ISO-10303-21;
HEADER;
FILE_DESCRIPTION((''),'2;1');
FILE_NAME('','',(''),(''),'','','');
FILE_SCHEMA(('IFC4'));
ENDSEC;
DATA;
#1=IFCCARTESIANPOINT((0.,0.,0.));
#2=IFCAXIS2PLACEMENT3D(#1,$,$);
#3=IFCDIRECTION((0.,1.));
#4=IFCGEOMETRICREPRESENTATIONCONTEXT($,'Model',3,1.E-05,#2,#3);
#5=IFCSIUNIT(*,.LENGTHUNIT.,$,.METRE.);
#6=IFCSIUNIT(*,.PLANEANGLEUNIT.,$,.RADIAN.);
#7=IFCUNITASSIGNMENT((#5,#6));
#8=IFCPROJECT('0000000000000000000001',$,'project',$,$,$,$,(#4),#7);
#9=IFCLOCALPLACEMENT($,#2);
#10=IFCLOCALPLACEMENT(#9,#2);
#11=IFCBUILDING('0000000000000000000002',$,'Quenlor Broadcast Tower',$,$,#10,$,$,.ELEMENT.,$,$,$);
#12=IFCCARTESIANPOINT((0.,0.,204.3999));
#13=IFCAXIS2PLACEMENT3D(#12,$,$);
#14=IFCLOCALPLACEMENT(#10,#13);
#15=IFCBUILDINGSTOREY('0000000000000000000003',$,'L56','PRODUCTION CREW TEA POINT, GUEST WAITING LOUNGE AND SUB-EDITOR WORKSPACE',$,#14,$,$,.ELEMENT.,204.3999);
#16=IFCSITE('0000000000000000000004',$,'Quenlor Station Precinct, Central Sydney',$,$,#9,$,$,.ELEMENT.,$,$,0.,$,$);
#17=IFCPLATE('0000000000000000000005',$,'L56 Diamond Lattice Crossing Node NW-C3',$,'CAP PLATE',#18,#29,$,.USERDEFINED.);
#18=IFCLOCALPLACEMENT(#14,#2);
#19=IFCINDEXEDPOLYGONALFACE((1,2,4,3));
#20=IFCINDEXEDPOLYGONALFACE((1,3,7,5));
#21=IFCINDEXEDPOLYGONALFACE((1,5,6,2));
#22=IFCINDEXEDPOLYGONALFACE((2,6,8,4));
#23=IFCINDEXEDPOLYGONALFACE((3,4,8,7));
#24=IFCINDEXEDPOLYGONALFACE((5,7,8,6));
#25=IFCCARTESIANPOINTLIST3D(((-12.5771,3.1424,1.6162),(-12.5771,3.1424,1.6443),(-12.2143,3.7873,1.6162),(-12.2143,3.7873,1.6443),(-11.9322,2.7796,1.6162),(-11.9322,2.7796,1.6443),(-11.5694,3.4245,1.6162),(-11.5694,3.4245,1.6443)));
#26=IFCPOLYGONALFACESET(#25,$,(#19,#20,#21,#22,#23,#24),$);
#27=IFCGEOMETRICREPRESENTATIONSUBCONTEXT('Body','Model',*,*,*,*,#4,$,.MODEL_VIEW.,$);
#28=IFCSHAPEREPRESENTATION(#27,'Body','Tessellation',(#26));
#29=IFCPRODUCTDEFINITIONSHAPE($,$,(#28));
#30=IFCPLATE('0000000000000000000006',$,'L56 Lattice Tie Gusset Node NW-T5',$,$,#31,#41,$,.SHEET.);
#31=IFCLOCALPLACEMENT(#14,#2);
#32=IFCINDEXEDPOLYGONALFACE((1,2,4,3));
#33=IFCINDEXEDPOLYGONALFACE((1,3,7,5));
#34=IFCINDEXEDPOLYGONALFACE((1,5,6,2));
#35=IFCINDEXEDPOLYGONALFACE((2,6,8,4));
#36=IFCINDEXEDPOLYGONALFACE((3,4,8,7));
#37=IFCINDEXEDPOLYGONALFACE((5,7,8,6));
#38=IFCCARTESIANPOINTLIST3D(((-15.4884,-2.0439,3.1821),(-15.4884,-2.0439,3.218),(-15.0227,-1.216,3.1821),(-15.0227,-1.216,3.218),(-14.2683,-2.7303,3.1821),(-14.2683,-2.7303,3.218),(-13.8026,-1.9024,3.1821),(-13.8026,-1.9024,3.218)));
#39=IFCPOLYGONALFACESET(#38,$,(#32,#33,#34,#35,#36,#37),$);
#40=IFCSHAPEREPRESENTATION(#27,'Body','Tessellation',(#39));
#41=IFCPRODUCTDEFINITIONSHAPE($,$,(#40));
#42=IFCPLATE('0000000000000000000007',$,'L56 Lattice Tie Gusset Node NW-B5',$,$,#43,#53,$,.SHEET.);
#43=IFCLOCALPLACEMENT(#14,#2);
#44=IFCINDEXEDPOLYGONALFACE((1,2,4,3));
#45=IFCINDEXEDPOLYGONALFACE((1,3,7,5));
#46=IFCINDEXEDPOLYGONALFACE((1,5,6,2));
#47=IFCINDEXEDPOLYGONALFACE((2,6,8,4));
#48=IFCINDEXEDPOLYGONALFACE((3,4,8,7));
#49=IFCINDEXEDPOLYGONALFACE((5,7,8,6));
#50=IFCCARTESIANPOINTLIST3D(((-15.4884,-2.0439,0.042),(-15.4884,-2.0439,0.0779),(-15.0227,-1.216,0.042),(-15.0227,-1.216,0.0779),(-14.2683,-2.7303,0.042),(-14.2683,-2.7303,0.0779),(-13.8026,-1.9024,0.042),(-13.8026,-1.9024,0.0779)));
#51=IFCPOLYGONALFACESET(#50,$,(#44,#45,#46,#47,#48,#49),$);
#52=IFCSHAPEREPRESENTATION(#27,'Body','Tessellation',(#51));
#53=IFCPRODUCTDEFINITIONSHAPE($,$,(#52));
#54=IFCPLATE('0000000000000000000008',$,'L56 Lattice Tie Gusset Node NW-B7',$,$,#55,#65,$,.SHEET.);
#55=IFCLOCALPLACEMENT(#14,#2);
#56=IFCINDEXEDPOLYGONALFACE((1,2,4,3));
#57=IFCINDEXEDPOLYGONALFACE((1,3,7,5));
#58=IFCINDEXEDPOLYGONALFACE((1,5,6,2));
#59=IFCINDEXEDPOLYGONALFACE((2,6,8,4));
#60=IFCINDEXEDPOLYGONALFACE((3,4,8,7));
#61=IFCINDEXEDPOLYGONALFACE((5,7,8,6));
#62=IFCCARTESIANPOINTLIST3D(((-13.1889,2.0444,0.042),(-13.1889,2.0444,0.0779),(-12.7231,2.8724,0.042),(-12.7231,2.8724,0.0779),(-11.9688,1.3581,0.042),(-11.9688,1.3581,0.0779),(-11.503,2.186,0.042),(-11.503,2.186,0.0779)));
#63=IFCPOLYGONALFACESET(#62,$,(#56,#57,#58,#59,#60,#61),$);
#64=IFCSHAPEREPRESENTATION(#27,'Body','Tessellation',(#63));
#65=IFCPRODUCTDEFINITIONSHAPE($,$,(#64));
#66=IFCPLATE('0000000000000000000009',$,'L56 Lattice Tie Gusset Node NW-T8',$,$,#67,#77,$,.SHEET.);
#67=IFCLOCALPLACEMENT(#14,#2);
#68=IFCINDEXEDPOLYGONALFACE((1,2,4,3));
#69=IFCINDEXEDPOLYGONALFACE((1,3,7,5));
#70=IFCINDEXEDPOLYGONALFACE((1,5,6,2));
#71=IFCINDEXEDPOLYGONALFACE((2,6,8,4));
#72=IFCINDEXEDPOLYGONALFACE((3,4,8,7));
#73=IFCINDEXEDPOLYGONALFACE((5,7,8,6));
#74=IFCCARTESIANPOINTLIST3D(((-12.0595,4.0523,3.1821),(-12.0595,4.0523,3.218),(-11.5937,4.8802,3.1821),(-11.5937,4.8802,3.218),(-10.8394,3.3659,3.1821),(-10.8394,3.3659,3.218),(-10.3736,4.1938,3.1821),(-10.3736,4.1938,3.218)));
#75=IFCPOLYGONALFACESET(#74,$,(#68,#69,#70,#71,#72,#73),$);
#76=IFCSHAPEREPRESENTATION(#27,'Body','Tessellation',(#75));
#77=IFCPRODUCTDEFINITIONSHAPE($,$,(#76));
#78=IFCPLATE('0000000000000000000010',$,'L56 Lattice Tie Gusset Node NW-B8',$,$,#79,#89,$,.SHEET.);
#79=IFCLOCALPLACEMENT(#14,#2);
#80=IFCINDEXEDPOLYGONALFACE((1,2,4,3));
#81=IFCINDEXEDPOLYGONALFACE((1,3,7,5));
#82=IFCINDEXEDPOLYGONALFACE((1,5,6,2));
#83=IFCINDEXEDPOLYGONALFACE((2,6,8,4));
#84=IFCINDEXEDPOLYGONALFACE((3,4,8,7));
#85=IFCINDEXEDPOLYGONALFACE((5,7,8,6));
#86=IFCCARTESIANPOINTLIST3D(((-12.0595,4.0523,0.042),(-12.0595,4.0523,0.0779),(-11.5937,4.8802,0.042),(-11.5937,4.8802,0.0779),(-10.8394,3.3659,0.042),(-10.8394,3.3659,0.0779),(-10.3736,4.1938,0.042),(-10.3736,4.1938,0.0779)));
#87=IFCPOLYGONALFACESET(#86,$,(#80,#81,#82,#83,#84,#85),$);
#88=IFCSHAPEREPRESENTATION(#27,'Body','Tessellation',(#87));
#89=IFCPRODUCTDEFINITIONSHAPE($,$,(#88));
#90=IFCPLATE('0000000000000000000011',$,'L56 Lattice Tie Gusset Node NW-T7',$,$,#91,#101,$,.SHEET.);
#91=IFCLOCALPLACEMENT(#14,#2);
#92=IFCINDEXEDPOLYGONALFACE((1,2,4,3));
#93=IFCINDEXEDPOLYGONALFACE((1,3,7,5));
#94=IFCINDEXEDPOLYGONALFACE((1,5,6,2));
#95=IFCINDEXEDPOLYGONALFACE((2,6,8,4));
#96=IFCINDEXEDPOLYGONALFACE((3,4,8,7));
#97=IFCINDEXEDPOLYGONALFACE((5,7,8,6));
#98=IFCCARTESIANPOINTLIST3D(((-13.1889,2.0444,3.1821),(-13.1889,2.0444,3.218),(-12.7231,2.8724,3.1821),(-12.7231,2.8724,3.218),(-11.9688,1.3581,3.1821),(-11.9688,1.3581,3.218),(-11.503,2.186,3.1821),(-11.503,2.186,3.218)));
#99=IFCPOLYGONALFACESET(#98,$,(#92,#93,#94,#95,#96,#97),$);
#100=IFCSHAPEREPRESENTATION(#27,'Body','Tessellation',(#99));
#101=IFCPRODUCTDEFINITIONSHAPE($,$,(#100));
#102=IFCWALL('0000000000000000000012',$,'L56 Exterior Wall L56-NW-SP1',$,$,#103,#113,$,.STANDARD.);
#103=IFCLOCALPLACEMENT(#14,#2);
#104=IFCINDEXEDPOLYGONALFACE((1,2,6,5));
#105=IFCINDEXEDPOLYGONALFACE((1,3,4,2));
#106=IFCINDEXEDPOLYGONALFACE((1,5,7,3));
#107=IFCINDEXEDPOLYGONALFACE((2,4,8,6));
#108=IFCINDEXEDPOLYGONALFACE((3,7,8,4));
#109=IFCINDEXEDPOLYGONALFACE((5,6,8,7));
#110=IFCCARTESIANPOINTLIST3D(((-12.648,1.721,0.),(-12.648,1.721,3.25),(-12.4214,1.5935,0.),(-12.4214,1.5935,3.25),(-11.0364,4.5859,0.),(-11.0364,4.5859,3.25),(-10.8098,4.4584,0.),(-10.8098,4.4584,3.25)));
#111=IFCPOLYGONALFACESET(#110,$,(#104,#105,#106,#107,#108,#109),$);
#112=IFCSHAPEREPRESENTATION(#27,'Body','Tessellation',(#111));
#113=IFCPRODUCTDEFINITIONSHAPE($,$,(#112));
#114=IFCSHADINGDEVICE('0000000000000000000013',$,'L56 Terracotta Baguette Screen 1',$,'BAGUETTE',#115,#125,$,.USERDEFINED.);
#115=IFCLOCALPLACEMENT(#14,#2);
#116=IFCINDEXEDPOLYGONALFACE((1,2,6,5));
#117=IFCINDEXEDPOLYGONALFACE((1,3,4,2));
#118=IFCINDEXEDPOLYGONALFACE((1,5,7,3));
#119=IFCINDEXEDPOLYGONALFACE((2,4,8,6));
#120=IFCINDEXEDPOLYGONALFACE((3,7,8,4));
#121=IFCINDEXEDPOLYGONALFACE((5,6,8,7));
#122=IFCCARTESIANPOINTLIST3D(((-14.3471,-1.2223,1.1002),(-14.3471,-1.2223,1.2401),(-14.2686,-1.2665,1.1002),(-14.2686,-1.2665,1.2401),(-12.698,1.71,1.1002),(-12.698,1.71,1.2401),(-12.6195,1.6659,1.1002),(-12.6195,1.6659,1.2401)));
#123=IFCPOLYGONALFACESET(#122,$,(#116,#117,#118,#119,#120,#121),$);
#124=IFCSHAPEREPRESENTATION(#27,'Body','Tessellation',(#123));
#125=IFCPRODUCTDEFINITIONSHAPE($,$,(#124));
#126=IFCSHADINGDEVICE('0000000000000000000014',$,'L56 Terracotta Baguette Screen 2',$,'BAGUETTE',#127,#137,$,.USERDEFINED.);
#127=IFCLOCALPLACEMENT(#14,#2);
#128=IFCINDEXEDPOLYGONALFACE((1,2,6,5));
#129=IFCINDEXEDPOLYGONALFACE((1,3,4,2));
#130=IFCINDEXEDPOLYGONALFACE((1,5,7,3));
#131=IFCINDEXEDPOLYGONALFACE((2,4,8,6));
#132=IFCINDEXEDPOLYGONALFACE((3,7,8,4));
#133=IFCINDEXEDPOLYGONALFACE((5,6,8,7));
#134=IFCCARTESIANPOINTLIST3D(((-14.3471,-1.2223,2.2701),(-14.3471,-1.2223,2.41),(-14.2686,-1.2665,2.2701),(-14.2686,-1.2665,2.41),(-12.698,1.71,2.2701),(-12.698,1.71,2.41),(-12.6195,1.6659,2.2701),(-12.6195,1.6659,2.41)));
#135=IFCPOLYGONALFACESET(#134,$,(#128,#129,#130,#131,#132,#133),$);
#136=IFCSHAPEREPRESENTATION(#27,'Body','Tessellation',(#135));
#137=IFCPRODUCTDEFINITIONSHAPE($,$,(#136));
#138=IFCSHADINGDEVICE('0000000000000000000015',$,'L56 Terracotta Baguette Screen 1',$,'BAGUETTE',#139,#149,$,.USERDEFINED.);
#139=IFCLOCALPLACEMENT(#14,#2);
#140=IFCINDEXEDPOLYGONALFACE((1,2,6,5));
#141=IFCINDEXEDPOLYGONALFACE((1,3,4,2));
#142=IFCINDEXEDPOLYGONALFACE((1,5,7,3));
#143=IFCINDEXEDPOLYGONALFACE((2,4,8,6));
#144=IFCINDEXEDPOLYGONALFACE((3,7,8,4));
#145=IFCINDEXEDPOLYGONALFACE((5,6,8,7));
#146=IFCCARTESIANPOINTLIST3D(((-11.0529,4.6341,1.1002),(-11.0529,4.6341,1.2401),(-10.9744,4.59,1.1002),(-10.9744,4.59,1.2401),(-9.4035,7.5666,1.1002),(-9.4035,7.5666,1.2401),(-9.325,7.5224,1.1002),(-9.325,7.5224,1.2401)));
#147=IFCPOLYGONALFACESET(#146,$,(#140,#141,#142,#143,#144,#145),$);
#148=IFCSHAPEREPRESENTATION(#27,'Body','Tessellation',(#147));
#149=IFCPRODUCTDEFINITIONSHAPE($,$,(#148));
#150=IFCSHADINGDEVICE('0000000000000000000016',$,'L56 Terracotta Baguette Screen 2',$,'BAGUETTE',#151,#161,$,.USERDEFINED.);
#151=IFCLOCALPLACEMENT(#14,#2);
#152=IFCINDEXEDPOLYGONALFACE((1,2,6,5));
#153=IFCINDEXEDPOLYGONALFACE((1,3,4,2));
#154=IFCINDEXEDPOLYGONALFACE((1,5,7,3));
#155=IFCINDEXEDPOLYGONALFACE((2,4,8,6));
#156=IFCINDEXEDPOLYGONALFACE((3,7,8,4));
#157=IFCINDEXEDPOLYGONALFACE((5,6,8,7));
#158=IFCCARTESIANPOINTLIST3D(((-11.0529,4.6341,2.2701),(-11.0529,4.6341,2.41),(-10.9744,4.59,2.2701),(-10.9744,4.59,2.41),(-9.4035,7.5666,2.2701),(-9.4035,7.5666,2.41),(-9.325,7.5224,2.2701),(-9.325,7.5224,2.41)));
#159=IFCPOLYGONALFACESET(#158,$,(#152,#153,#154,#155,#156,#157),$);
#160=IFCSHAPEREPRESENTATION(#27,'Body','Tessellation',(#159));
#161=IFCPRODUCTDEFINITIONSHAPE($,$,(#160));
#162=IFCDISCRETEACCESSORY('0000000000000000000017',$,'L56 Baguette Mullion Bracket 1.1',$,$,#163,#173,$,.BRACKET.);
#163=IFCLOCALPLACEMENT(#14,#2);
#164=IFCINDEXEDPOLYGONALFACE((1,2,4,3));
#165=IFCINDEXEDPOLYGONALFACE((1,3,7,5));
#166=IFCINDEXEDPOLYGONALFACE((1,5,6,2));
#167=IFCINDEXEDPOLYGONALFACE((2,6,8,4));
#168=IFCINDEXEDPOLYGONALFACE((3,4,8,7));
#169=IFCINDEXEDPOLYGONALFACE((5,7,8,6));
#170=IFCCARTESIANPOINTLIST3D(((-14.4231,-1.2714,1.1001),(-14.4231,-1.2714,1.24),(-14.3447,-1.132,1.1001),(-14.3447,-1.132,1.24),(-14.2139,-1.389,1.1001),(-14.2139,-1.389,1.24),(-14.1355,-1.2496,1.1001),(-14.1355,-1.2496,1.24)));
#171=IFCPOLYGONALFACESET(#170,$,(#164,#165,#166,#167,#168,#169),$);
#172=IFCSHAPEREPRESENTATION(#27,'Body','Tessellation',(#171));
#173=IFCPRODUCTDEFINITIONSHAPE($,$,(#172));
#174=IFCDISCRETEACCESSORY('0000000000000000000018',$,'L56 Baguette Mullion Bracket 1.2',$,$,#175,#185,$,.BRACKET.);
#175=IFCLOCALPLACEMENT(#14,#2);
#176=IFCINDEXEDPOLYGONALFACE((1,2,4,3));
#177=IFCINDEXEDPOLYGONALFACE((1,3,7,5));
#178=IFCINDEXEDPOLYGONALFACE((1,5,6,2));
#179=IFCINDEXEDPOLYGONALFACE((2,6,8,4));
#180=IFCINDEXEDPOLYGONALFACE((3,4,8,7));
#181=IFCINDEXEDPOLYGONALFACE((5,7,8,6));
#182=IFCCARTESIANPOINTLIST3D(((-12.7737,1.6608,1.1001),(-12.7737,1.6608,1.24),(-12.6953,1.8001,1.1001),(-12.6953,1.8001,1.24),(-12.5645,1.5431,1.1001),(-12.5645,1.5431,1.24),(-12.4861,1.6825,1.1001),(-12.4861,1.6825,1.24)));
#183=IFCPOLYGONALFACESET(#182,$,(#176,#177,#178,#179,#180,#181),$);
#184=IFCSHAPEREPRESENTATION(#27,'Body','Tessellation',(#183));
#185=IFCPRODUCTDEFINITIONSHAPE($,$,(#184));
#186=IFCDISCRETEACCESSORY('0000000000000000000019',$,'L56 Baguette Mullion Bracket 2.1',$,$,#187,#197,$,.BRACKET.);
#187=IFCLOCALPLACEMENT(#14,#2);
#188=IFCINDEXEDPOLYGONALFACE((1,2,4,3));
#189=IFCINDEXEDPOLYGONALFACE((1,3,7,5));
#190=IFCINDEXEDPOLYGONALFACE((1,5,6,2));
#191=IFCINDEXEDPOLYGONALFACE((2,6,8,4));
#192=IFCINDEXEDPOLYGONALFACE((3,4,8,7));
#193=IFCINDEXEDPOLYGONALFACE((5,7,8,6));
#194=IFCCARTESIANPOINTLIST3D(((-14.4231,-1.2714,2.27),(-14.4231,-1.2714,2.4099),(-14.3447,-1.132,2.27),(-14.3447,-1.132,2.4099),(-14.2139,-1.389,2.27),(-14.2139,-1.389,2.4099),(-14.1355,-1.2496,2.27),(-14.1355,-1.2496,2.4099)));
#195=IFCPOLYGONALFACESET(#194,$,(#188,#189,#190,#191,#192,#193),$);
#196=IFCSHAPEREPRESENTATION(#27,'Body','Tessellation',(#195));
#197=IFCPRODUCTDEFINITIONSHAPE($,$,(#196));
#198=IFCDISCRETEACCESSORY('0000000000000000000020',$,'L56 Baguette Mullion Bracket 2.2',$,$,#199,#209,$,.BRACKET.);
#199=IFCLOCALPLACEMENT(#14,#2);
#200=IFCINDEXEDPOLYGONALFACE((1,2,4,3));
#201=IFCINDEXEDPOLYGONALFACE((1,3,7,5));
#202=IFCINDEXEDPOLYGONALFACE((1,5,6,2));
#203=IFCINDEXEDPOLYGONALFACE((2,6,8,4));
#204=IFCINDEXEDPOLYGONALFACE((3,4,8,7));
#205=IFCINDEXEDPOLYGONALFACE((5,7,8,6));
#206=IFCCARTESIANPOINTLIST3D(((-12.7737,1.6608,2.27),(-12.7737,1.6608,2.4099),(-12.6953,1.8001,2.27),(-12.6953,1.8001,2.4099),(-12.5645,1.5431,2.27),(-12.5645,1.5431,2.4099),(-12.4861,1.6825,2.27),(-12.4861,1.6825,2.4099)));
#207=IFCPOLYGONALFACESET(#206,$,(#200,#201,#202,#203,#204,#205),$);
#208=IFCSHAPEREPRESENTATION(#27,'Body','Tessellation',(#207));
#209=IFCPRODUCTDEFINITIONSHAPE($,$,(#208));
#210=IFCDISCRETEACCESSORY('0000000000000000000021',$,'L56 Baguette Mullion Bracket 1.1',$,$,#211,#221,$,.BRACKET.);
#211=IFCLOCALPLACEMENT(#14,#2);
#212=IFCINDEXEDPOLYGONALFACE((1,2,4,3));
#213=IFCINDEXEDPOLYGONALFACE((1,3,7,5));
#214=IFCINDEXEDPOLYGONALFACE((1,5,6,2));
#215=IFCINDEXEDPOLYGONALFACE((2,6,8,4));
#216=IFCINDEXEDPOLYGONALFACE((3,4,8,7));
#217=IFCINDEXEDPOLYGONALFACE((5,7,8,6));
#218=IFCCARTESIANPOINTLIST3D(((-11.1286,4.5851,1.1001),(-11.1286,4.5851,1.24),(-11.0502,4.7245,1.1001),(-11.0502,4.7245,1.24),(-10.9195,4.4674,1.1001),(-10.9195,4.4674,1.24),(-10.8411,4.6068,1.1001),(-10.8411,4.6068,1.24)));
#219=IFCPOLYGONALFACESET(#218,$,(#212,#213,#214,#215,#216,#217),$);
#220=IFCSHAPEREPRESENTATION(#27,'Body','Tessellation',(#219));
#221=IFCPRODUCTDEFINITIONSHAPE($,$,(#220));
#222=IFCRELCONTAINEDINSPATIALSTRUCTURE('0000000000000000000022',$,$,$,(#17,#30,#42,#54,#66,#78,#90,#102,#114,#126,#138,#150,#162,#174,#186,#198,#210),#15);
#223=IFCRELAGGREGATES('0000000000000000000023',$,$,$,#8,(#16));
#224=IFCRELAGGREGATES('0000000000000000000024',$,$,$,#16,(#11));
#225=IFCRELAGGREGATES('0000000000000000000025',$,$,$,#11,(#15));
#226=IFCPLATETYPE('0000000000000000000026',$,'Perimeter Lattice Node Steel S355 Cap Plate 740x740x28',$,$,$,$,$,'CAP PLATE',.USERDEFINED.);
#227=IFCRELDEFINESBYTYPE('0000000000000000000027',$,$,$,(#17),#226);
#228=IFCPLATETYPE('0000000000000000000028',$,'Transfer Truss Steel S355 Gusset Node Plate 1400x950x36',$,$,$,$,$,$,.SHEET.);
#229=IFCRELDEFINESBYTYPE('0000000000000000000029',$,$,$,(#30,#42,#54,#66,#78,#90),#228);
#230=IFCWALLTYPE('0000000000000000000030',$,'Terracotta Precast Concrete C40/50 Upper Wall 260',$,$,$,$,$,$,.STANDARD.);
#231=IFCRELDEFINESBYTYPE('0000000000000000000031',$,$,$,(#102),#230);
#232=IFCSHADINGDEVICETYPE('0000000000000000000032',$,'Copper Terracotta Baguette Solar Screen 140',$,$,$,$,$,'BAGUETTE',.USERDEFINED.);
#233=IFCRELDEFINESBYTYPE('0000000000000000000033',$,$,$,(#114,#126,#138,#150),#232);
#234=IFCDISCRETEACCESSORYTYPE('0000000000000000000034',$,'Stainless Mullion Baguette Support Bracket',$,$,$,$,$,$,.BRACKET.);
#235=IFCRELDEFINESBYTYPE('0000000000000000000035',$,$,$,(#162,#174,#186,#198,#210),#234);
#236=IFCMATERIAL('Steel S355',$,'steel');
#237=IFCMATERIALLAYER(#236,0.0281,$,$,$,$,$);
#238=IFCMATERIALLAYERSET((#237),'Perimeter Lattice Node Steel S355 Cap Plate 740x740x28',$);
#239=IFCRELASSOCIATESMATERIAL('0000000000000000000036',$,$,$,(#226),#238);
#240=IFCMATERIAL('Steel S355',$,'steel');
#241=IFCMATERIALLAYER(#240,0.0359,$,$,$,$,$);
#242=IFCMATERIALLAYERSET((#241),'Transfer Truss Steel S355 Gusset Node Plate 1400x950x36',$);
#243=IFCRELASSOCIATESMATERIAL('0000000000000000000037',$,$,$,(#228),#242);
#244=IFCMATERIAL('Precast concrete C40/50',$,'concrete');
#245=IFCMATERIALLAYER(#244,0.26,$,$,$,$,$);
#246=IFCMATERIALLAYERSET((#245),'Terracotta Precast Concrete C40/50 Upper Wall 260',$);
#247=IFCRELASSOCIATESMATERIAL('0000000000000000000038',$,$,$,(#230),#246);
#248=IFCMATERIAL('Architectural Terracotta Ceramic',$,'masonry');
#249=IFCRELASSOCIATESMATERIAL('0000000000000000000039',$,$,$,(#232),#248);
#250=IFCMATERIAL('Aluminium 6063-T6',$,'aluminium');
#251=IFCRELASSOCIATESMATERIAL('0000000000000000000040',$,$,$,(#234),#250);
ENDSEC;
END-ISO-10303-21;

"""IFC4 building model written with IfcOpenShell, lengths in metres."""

from ifc_helpers import new_model, si_unit, direction, frame, frame_2d, origin, origin_2d, place, context, subcontext, project, spatial, rectangle, extrude, material, layer, layer_set, material_profile, profile_set, type_object, element, save


model = new_model("IFC4")

# Units and contexts
model_context = context("Model", 3, precision=1e-05, world=origin(), true_north=direction((0.0, 1.0)))
body_context = subcontext(model_context, "Body", "Model", "MODEL_VIEW")
ifc_project = project(units=[si_unit("LENGTHUNIT", "METRE"), si_unit("PLANEANGLEUNIT", "RADIAN")], contexts=[model_context])

# Site, building, storey
site_placement = place(None, origin())
site = spatial("IfcSite", under=ifc_project, at=site_placement, Name="Quenlor Station Precinct, Central Sydney", CompositionType="ELEMENT", RefElevation=0.0)
building_placement = place(site_placement, origin())
building = spatial("IfcBuilding", under=site, at=building_placement, Name="Quenlor Broadcast Tower", CompositionType="ELEMENT")
storey_placement = place(building_placement, frame((0.0, 0.0, 204.3999)))
storey = spatial("IfcBuildingStorey", under=building, at=storey_placement, Name="L56", Description="PRODUCTION CREW TEA POINT, GUEST WAITING LOUNGE AND SUB-EDITOR WORKSPACE", CompositionType="ELEMENT", Elevation=204.3999)

# Plates
ifc_material_1 = material(Name="Steel S355", Category="steel")
ifc_layer_1 = layer(ifc_material_1, 0.0281)
ifc_layer_set_1 = layer_set([ifc_layer_1], Name="Perimeter Lattice Node Steel S355 Cap Plate 740x740x28")
plate_type_1 = type_object("IfcPlateType", Name="Perimeter Lattice Node Steel S355 Cap Plate 740x740x28", ElementType="CAP PLATE", PredefinedType="USERDEFINED", material=ifc_layer_set_1)
plate_1_placement = place(storey_placement, frame((-12.0732, 3.2834, 1.6162), z_axis=(0.0, 0.0, 1.0), x_axis=(0.490295, 0.871556, 0.0)))
element("IfcPlate", 1, at=plate_1_placement, inside=storey, type_object=plate_type_1, Name="L56 Diamond Lattice Crossing Node NW-C3", ObjectType="CAP PLATE", PredefinedType="USERDEFINED", context=body_context, shape_type="SweptSolid", body=[
    extrude(rectangle(XDim=0.74, YDim=0.74, at=origin_2d()), origin(), (0.0, 0.0, 1.0), 0.0281),
])
ifc_material_2 = material(Name="Steel S355", Category="steel")
ifc_layer_2 = layer(ifc_material_2, 0.0359)
ifc_layer_set_2 = layer_set([ifc_layer_2], Name="Transfer Truss Steel S355 Gusset Node Plate 1400x950x36")
plate_type_2 = type_object("IfcPlateType", Name="Transfer Truss Steel S355 Gusset Node Plate 1400x950x36", PredefinedType="SHEET", material=ifc_layer_set_2)
for number, where, z_axis, x_axis, name in (
    (2, (-14.6455, -1.9731, 3.1821), (0.0, 0.0, 1.0), (-0.871556, 0.490295, 0.0), "L56 Lattice Tie Gusset Node NW-T5"),
    (3, (-14.6455, -1.9731, 0.042), (0.0, 0.0, 1.0), (-0.871556, 0.490295, 0.0), "L56 Lattice Tie Gusset Node NW-B5"),
    (4, (-12.3459, 2.1152, 0.042), (0.0, 0.0, 1.0), (-0.871556, 0.490295, 0.0), "L56 Lattice Tie Gusset Node NW-B7"),
    (5, (-11.2166, 4.123, 3.1821), (0.0, 0.0, 1.0), (-0.871556, 0.490295, 0.0), "L56 Lattice Tie Gusset Node NW-T8"),
    (6, (-11.2166, 4.123, 0.042), (0.0, 0.0, 1.0), (-0.871556, 0.490295, 0.0), "L56 Lattice Tie Gusset Node NW-B8"),
    (7, (-12.3459, 2.1152, 3.1821), (0.0, 0.0, 1.0), (-0.871556, 0.490295, 0.0), "L56 Lattice Tie Gusset Node NW-T7"),
):
    element("IfcPlate", number, at=place(storey_placement, frame(where, z_axis=z_axis, x_axis=x_axis)), inside=storey, type_object=plate_type_2, Name=name, PredefinedType="SHEET", context=body_context, shape_type="SweptSolid", body=[
        extrude(rectangle(XDim=1.3999, YDim=0.95, at=origin_2d()), origin(), (0.0, 0.0, 1.0), 0.0359),
    ])

# Wall
ifc_material_3 = material(Name="Precast concrete C40/50", Category="concrete")
ifc_layer_3 = layer(ifc_material_3, 0.26)
ifc_layer_set_3 = layer_set([ifc_layer_3], Name="Terracotta Precast Concrete C40/50 Upper Wall 260")
wall_type = type_object("IfcWallType", Name="Terracotta Precast Concrete C40/50 Upper Wall 260", PredefinedType="STANDARD", material=ifc_layer_set_3)
wall_placement = place(storey_placement, frame((-12.5347, 1.6572, 0.0), z_axis=(0.0, 0.0, 1.0), x_axis=(0.490265, 0.871574, 0.0)))
element("IfcWall", 8, at=wall_placement, inside=storey, type_object=wall_type, Name="L56 Exterior Wall L56-NW-SP1", PredefinedType="STANDARD", context=body_context, shape_type="SweptSolid", body=[
    extrude(rectangle(XDim=3.2871, YDim=0.26, at=frame_2d((1.6436, 0.0))), origin(), (0.0, 0.0, 1.0), 3.25),
])

# Shading devices
ifc_material_4 = material(Name="Architectural Terracotta Ceramic", Category="masonry")
ifc_material_profile_1 = material_profile(ifc_material_4, rectangle(XDim=0.0901, YDim=0.1399, at=origin_2d()))
ifc_profile_set_1 = profile_set([ifc_material_profile_1], Name="Architectural Terracotta Ceramic BAG90x140")
shading_device_type = type_object("IfcShadingDeviceType", Name="Copper Terracotta Baguette Solar Screen 140", ElementType="BAGUETTE", PredefinedType="USERDEFINED", material=ifc_profile_set_1)
for number, where, z_axis, x_axis, name in (
    (9, (-14.3079, -1.2444, 1.1702), (0.490196, 0.871612, 0.0), (-0.871612, 0.490196, 0.0), "L56 Terracotta Baguette Screen 1"),
    (10, (-14.3079, -1.2444, 2.3401), (0.490196, 0.871612, 0.0), (-0.871612, 0.490196, 0.0), "L56 Terracotta Baguette Screen 2"),
):
    element("IfcShadingDevice", number, at=place(storey_placement, frame(where, z_axis=z_axis, x_axis=x_axis)), inside=storey, type_object=shading_device_type, Name=name, ObjectType="BAGUETTE", PredefinedType="USERDEFINED", context=body_context, shape_type="SweptSolid", body=[
        extrude(rectangle(XDim=0.0901, YDim=0.1399, at=origin_2d()), origin(), (0.0, 0.0, 1.0), 3.3643),
    ])
for number, where, z_axis, x_axis, name in (
    (11, (-11.0137, 4.6121, 1.1702), (0.490251, 0.871581, 0.0), (-0.871581, 0.490251, 0.0), "L56 Terracotta Baguette Screen 1"),
    (12, (-11.0137, 4.6121, 2.3401), (0.490251, 0.871581, 0.0), (-0.871581, 0.490251, 0.0), "L56 Terracotta Baguette Screen 2"),
):
    element("IfcShadingDevice", number, at=place(storey_placement, frame(where, z_axis=z_axis, x_axis=x_axis)), inside=storey, type_object=shading_device_type, Name=name, ObjectType="BAGUETTE", PredefinedType="USERDEFINED", context=body_context, shape_type="SweptSolid", body=[
        extrude(rectangle(XDim=0.0901, YDim=0.1399, at=origin_2d()), origin(), (0.0, 0.0, 1.0), 3.3645),
    ])

# Discrete accessories
ifc_material_5 = material(Name="Aluminium 6063-T6", Category="aluminium")
discrete_accessory_type = type_object("IfcDiscreteAccessoryType", Name="Stainless Mullion Baguette Support Bracket", PredefinedType="BRACKET", material=ifc_material_5)
for number, where, z_axis, x_axis, name in (
    (13, (-14.2793, -1.2605, 1.1001), (0.0, 0.0, 1.0), (0.490257, 0.871578, 0.0), "L56 Baguette Mullion Bracket 1.1"),
    (14, (-12.6299, 1.6716, 1.1001), (0.0, 0.0, 1.0), (0.490257, 0.871578, 0.0), "L56 Baguette Mullion Bracket 1.2"),
    (15, (-14.2793, -1.2605, 2.27), (0.0, 0.0, 1.0), (0.490257, 0.871578, 0.0), "L56 Baguette Mullion Bracket 2.1"),
    (16, (-12.6299, 1.6716, 2.27), (0.0, 0.0, 1.0), (0.490257, 0.871578, 0.0), "L56 Baguette Mullion Bracket 2.2"),
    (17, (-10.9849, 4.5959, 1.1001), (0.0, 0.0, 1.0), (0.490257, 0.871578, 0.0), "L56 Baguette Mullion Bracket 1.1"),
):
    element("IfcDiscreteAccessory", number, at=place(storey_placement, frame(where, z_axis=z_axis, x_axis=x_axis)), inside=storey, type_object=discrete_accessory_type, Name=name, PredefinedType="BRACKET", context=body_context, shape_type="SweptSolid", body=[
        extrude(rectangle(XDim=0.1599, YDim=0.24, at=origin_2d()), origin(), (0.0, 0.0, 1.0), 0.1399),
    ])

save(model, "model.ifc")
